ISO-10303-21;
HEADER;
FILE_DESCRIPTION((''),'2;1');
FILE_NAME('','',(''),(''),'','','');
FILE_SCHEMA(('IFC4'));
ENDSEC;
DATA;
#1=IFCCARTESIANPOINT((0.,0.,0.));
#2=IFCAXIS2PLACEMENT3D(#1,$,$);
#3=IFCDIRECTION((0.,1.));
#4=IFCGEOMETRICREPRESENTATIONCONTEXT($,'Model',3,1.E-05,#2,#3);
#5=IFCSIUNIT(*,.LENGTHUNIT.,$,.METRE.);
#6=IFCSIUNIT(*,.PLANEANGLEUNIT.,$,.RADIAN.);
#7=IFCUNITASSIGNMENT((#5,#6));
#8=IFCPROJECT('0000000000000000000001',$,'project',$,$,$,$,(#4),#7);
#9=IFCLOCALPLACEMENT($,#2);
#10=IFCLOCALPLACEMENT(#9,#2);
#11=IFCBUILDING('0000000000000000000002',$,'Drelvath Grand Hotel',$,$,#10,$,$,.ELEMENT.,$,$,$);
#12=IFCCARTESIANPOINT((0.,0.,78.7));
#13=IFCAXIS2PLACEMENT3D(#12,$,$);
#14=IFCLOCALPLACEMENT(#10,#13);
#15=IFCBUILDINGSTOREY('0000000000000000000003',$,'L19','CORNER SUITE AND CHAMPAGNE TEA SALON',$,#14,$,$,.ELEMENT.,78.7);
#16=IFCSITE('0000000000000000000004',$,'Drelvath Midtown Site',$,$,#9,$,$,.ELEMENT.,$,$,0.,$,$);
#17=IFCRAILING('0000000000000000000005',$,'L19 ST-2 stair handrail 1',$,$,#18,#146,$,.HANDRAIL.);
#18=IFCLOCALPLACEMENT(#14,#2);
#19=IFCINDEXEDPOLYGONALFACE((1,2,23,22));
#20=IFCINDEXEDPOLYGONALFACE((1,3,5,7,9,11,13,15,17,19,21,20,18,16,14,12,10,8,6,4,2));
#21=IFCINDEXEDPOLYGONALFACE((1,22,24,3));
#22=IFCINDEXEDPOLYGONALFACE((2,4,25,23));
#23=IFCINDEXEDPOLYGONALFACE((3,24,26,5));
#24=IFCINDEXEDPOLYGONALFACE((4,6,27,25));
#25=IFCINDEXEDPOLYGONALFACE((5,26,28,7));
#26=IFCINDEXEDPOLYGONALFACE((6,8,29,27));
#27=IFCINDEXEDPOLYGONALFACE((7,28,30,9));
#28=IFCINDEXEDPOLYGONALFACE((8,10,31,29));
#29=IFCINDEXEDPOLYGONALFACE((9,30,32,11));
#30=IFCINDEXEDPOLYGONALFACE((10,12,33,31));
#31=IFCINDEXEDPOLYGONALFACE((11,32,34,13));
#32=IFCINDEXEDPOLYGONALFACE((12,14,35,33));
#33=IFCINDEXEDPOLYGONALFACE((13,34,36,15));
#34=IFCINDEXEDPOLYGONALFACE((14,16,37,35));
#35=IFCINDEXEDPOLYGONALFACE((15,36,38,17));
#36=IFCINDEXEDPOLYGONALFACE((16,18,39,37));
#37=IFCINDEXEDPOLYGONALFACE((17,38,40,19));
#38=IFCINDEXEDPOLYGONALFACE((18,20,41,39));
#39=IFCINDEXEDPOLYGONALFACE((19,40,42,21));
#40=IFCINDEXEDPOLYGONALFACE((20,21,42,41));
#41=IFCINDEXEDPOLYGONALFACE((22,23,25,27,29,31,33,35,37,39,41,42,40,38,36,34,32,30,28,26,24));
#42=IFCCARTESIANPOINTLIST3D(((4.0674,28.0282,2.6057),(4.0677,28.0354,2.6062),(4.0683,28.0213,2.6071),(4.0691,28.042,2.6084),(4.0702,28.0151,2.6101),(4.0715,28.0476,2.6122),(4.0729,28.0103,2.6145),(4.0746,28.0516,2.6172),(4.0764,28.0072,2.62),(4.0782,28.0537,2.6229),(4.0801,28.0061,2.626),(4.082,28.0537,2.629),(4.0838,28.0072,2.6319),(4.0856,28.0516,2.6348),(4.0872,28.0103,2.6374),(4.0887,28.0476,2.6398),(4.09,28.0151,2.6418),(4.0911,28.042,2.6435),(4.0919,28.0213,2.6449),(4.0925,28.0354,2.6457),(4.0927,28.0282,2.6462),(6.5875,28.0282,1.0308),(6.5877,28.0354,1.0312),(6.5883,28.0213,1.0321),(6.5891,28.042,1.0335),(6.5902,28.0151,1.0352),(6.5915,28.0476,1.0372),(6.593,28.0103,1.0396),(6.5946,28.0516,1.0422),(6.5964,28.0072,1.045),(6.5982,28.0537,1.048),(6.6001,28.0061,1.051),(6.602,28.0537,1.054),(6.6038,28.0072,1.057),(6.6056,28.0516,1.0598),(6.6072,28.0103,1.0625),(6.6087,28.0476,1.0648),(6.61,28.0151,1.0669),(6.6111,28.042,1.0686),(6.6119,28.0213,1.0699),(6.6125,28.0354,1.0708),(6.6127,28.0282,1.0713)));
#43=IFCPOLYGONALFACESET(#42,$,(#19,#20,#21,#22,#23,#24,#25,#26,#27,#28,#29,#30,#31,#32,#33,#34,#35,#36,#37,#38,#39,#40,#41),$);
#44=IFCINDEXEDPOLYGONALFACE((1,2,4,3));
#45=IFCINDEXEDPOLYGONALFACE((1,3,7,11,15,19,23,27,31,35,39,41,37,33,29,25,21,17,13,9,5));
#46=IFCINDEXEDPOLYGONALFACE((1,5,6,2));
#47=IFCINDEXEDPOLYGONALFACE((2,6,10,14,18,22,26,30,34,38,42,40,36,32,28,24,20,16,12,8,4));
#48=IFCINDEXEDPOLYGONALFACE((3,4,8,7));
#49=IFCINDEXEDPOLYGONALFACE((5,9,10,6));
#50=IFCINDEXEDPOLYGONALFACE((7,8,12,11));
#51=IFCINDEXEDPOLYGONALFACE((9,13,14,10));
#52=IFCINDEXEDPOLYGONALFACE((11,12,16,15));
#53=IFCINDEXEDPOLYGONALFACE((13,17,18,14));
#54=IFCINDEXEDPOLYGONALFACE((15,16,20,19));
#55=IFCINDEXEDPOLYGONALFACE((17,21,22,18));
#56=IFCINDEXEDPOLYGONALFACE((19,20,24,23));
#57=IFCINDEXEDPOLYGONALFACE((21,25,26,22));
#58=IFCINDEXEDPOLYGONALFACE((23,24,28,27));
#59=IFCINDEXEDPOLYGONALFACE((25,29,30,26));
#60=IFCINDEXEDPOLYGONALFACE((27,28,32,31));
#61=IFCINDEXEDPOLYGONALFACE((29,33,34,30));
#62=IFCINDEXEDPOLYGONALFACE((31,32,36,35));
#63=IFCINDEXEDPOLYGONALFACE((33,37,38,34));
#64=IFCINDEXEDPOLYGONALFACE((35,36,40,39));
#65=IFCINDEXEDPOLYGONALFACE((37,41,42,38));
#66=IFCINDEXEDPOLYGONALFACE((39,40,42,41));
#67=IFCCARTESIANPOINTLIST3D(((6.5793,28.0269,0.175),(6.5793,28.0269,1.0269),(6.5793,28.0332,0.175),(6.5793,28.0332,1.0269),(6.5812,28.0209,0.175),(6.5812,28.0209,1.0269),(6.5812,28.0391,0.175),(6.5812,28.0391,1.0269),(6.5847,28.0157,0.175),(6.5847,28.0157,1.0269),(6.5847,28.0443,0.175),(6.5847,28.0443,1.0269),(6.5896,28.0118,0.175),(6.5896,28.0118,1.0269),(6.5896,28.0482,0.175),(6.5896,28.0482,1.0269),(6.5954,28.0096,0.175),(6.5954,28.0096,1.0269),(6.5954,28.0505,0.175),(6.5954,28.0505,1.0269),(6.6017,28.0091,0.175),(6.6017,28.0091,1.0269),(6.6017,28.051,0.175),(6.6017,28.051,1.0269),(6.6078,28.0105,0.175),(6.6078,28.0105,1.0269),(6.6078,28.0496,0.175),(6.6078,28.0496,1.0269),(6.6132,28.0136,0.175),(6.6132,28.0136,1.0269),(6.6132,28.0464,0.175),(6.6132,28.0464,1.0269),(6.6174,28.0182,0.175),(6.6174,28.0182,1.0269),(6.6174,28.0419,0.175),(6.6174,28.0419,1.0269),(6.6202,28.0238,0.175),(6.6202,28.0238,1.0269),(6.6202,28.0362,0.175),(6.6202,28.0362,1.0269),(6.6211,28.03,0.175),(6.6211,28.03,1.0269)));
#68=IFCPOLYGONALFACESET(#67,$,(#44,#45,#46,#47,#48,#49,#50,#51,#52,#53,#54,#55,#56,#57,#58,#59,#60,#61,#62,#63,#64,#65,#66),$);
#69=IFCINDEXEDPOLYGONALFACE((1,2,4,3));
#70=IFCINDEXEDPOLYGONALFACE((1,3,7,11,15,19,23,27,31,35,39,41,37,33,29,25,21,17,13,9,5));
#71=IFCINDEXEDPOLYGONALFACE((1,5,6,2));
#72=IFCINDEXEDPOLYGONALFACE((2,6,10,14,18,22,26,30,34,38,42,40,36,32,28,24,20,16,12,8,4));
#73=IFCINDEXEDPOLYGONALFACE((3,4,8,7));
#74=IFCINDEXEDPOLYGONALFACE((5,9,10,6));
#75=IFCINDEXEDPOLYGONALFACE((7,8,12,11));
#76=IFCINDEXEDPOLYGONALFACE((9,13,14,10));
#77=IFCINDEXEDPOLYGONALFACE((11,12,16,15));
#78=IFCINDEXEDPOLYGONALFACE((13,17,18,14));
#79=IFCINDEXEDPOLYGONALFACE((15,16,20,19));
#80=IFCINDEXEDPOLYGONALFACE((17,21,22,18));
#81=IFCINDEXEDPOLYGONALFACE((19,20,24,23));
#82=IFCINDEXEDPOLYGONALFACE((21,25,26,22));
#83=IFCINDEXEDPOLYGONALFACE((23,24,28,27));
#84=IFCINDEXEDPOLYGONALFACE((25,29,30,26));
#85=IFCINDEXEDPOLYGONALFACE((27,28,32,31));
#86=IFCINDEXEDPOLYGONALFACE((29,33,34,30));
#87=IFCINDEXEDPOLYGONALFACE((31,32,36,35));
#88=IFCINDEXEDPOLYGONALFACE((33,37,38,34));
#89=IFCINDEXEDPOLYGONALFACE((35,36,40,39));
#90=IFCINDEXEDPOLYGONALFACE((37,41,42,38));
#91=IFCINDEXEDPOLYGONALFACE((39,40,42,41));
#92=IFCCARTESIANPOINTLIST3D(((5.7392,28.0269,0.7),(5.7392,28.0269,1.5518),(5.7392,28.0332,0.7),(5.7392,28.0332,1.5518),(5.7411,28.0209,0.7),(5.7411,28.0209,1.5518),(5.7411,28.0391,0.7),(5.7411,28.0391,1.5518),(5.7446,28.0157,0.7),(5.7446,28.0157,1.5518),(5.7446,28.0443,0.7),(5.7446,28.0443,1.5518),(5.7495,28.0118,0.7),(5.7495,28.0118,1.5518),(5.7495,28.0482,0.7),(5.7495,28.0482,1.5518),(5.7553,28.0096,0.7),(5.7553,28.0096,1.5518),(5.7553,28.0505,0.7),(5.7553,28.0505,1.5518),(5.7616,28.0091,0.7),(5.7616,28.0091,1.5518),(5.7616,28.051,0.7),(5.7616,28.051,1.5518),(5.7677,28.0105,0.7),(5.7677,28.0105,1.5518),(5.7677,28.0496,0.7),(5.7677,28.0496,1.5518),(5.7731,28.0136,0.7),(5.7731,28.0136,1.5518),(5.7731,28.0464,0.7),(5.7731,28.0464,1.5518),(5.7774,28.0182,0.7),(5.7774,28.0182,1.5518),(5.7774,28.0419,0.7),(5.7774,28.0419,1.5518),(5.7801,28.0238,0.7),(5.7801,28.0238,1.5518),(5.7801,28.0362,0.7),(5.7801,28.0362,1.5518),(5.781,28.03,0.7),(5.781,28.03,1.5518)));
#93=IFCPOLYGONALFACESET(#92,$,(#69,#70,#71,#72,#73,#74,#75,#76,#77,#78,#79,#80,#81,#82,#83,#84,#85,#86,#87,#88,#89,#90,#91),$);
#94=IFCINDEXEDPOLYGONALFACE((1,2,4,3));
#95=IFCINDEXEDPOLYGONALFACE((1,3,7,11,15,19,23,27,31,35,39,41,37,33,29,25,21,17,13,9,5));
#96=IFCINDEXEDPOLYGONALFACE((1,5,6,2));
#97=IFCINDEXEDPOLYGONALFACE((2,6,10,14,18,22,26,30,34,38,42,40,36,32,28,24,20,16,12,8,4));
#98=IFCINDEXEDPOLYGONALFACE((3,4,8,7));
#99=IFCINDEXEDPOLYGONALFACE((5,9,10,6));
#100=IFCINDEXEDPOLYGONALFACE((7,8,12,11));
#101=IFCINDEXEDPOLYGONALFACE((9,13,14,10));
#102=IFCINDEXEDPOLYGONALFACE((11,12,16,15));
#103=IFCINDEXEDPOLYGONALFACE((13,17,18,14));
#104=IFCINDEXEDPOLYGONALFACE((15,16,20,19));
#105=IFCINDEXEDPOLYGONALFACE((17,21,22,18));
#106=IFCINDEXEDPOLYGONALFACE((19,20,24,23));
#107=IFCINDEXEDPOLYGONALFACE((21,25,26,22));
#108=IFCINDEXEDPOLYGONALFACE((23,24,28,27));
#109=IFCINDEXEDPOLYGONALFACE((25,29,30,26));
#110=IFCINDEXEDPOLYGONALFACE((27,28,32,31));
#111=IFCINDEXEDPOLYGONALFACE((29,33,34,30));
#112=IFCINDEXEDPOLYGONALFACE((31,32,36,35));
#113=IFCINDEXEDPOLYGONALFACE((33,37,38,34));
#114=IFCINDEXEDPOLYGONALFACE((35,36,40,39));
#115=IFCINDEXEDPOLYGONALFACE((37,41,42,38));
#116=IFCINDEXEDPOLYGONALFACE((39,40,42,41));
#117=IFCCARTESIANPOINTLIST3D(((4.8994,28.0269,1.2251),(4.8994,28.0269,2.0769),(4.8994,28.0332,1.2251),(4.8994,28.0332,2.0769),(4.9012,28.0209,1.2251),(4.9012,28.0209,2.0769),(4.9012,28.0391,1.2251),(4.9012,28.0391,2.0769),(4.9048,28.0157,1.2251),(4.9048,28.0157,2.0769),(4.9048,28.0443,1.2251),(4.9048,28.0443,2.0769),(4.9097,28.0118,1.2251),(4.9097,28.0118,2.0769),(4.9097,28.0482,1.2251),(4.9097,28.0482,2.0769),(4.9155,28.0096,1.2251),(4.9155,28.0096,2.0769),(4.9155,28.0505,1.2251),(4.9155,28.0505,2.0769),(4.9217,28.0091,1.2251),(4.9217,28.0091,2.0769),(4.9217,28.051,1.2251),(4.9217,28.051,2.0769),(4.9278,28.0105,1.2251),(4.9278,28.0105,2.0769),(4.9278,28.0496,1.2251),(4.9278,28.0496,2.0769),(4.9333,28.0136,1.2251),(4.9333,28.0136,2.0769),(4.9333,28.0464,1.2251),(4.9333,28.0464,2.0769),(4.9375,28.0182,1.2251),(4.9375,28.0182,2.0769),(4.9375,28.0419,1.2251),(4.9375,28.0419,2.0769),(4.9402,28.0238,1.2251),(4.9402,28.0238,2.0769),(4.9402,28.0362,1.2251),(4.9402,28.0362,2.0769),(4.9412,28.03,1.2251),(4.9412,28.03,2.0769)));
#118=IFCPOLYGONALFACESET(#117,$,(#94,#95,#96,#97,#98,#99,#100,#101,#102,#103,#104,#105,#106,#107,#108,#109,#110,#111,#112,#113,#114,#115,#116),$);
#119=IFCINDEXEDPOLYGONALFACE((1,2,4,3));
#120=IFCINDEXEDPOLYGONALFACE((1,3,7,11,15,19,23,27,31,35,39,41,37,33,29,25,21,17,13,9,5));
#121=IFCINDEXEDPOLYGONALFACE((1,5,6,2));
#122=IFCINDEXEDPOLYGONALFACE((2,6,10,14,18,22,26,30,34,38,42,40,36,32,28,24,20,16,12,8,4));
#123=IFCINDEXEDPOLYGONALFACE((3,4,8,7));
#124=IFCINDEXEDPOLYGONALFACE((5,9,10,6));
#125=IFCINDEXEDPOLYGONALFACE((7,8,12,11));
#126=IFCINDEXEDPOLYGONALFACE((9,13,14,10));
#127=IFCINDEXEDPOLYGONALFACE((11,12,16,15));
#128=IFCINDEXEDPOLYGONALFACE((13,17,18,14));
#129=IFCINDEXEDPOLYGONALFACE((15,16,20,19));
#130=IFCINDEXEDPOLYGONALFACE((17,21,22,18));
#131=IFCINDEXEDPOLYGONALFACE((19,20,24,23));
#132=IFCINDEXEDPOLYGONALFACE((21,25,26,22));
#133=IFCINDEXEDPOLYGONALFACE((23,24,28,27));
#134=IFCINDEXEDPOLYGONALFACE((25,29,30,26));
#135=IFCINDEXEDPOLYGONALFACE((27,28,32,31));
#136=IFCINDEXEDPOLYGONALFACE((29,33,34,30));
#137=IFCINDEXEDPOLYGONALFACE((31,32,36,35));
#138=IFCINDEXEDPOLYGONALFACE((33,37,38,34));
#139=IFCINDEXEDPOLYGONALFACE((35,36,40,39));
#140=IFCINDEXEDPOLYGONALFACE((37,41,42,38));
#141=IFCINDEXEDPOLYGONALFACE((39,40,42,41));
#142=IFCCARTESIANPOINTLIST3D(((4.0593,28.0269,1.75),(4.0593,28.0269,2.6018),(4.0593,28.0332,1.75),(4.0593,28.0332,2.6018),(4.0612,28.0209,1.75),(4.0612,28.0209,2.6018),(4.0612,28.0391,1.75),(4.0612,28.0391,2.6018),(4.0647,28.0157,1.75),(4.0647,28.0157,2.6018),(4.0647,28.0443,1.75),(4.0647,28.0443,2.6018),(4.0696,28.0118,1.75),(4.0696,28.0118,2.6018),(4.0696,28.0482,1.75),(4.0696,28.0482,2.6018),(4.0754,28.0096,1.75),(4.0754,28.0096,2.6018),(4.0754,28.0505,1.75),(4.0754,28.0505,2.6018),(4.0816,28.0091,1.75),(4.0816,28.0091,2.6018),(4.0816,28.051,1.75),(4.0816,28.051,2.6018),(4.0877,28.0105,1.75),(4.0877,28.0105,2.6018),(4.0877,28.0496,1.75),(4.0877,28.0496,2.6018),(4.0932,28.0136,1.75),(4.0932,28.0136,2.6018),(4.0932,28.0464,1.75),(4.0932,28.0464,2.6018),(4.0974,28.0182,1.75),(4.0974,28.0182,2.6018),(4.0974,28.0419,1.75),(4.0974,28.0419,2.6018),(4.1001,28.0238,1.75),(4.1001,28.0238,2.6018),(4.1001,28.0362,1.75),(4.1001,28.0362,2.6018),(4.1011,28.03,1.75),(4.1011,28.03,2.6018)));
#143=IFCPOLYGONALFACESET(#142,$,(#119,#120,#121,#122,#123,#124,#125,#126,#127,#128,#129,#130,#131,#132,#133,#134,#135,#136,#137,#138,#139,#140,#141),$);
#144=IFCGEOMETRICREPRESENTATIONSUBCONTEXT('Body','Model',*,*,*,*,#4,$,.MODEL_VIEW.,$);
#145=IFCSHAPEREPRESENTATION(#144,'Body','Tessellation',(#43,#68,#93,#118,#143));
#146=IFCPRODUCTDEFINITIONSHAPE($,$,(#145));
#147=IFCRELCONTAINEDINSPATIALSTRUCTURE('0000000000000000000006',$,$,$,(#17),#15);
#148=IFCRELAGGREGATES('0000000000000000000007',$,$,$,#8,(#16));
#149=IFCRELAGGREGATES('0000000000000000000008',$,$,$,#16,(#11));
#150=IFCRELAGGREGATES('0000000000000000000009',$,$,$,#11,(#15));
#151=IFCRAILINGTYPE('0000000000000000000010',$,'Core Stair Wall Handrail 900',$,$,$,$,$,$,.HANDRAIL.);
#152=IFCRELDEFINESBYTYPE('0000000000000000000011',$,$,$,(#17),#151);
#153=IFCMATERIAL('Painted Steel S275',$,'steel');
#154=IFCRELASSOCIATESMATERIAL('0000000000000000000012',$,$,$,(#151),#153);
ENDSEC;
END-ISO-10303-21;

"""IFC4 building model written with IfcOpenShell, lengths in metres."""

from ifc_helpers import new_model, si_unit, direction, frame, origin, origin_2d, place, context, subcontext, project, spatial, circle, extrude, material, type_object, element, save


model = new_model("IFC4")

# Units and contexts
model_context = context("Model", 3, precision=1e-05, world=origin(), true_north=direction((0.0, 1.0)))
body_context = subcontext(model_context, "Body", "Model", "MODEL_VIEW")
ifc_project = project(units=[si_unit("LENGTHUNIT", "METRE"), si_unit("PLANEANGLEUNIT", "RADIAN")], contexts=[model_context])

# Site, building, storey
site_placement = place(None, origin())
site = spatial("IfcSite", under=ifc_project, at=site_placement, Name="Drelvath Midtown Site", CompositionType="ELEMENT", RefElevation=0.0)
building_placement = place(site_placement, origin())
building = spatial("IfcBuilding", under=site, at=building_placement, Name="Drelvath Grand Hotel", CompositionType="ELEMENT")
storey_placement = place(building_placement, frame((0.0, 0.0, 78.7)))
storey = spatial("IfcBuildingStorey", under=building, at=storey_placement, Name="L19", Description="CORNER SUITE AND CHAMPAGNE TEA SALON", CompositionType="ELEMENT", Elevation=78.7)

# Shared definitions
ifc_material_1 = material(Name="Painted Steel S275", Category="steel")

# Railing
railing_type_1 = type_object("IfcRailingType", Name="Core Stair Wall Handrail 900", PredefinedType="HANDRAIL", material=ifc_material_1)
railing_1_placement = place(storey_placement, frame((6.6001, 28.03, 0.175)))
element("IfcRailing", 1, at=railing_1_placement, inside=storey, type_object=railing_type_1, Name="L19 ST-2 stair handrail 1", PredefinedType="HANDRAIL", context=body_context, shape_type="SweptSolid", body=[
    extrude(circle(Radius=0.0239, at=origin_2d()), frame((0.0, 0.0, 0.876), z_axis=(-0.848008, 0.0, 0.529984), x_axis=(0.0, -1.0, 0.0)), (0.0, 0.0, 1.0), 2.9717),
    extrude(circle(Radius=0.021, at=origin_2d()), origin(), (0.0, 0.0, 1.0), 0.8518),
    extrude(circle(Radius=0.021, at=origin_2d()), frame((-0.8401, 0.0, 0.5249)), (0.0, 0.0, 1.0), 0.8518),
    extrude(circle(Radius=0.021, at=origin_2d()), frame((-1.6799, 0.0, 1.05)), (0.0, 0.0, 1.0), 0.8518),
    extrude(circle(Radius=0.021, at=origin_2d()), frame((-2.52, 0.0, 1.575)), (0.0, 0.0, 1.0), 0.8518),
])

save(model, "model.ifc")
